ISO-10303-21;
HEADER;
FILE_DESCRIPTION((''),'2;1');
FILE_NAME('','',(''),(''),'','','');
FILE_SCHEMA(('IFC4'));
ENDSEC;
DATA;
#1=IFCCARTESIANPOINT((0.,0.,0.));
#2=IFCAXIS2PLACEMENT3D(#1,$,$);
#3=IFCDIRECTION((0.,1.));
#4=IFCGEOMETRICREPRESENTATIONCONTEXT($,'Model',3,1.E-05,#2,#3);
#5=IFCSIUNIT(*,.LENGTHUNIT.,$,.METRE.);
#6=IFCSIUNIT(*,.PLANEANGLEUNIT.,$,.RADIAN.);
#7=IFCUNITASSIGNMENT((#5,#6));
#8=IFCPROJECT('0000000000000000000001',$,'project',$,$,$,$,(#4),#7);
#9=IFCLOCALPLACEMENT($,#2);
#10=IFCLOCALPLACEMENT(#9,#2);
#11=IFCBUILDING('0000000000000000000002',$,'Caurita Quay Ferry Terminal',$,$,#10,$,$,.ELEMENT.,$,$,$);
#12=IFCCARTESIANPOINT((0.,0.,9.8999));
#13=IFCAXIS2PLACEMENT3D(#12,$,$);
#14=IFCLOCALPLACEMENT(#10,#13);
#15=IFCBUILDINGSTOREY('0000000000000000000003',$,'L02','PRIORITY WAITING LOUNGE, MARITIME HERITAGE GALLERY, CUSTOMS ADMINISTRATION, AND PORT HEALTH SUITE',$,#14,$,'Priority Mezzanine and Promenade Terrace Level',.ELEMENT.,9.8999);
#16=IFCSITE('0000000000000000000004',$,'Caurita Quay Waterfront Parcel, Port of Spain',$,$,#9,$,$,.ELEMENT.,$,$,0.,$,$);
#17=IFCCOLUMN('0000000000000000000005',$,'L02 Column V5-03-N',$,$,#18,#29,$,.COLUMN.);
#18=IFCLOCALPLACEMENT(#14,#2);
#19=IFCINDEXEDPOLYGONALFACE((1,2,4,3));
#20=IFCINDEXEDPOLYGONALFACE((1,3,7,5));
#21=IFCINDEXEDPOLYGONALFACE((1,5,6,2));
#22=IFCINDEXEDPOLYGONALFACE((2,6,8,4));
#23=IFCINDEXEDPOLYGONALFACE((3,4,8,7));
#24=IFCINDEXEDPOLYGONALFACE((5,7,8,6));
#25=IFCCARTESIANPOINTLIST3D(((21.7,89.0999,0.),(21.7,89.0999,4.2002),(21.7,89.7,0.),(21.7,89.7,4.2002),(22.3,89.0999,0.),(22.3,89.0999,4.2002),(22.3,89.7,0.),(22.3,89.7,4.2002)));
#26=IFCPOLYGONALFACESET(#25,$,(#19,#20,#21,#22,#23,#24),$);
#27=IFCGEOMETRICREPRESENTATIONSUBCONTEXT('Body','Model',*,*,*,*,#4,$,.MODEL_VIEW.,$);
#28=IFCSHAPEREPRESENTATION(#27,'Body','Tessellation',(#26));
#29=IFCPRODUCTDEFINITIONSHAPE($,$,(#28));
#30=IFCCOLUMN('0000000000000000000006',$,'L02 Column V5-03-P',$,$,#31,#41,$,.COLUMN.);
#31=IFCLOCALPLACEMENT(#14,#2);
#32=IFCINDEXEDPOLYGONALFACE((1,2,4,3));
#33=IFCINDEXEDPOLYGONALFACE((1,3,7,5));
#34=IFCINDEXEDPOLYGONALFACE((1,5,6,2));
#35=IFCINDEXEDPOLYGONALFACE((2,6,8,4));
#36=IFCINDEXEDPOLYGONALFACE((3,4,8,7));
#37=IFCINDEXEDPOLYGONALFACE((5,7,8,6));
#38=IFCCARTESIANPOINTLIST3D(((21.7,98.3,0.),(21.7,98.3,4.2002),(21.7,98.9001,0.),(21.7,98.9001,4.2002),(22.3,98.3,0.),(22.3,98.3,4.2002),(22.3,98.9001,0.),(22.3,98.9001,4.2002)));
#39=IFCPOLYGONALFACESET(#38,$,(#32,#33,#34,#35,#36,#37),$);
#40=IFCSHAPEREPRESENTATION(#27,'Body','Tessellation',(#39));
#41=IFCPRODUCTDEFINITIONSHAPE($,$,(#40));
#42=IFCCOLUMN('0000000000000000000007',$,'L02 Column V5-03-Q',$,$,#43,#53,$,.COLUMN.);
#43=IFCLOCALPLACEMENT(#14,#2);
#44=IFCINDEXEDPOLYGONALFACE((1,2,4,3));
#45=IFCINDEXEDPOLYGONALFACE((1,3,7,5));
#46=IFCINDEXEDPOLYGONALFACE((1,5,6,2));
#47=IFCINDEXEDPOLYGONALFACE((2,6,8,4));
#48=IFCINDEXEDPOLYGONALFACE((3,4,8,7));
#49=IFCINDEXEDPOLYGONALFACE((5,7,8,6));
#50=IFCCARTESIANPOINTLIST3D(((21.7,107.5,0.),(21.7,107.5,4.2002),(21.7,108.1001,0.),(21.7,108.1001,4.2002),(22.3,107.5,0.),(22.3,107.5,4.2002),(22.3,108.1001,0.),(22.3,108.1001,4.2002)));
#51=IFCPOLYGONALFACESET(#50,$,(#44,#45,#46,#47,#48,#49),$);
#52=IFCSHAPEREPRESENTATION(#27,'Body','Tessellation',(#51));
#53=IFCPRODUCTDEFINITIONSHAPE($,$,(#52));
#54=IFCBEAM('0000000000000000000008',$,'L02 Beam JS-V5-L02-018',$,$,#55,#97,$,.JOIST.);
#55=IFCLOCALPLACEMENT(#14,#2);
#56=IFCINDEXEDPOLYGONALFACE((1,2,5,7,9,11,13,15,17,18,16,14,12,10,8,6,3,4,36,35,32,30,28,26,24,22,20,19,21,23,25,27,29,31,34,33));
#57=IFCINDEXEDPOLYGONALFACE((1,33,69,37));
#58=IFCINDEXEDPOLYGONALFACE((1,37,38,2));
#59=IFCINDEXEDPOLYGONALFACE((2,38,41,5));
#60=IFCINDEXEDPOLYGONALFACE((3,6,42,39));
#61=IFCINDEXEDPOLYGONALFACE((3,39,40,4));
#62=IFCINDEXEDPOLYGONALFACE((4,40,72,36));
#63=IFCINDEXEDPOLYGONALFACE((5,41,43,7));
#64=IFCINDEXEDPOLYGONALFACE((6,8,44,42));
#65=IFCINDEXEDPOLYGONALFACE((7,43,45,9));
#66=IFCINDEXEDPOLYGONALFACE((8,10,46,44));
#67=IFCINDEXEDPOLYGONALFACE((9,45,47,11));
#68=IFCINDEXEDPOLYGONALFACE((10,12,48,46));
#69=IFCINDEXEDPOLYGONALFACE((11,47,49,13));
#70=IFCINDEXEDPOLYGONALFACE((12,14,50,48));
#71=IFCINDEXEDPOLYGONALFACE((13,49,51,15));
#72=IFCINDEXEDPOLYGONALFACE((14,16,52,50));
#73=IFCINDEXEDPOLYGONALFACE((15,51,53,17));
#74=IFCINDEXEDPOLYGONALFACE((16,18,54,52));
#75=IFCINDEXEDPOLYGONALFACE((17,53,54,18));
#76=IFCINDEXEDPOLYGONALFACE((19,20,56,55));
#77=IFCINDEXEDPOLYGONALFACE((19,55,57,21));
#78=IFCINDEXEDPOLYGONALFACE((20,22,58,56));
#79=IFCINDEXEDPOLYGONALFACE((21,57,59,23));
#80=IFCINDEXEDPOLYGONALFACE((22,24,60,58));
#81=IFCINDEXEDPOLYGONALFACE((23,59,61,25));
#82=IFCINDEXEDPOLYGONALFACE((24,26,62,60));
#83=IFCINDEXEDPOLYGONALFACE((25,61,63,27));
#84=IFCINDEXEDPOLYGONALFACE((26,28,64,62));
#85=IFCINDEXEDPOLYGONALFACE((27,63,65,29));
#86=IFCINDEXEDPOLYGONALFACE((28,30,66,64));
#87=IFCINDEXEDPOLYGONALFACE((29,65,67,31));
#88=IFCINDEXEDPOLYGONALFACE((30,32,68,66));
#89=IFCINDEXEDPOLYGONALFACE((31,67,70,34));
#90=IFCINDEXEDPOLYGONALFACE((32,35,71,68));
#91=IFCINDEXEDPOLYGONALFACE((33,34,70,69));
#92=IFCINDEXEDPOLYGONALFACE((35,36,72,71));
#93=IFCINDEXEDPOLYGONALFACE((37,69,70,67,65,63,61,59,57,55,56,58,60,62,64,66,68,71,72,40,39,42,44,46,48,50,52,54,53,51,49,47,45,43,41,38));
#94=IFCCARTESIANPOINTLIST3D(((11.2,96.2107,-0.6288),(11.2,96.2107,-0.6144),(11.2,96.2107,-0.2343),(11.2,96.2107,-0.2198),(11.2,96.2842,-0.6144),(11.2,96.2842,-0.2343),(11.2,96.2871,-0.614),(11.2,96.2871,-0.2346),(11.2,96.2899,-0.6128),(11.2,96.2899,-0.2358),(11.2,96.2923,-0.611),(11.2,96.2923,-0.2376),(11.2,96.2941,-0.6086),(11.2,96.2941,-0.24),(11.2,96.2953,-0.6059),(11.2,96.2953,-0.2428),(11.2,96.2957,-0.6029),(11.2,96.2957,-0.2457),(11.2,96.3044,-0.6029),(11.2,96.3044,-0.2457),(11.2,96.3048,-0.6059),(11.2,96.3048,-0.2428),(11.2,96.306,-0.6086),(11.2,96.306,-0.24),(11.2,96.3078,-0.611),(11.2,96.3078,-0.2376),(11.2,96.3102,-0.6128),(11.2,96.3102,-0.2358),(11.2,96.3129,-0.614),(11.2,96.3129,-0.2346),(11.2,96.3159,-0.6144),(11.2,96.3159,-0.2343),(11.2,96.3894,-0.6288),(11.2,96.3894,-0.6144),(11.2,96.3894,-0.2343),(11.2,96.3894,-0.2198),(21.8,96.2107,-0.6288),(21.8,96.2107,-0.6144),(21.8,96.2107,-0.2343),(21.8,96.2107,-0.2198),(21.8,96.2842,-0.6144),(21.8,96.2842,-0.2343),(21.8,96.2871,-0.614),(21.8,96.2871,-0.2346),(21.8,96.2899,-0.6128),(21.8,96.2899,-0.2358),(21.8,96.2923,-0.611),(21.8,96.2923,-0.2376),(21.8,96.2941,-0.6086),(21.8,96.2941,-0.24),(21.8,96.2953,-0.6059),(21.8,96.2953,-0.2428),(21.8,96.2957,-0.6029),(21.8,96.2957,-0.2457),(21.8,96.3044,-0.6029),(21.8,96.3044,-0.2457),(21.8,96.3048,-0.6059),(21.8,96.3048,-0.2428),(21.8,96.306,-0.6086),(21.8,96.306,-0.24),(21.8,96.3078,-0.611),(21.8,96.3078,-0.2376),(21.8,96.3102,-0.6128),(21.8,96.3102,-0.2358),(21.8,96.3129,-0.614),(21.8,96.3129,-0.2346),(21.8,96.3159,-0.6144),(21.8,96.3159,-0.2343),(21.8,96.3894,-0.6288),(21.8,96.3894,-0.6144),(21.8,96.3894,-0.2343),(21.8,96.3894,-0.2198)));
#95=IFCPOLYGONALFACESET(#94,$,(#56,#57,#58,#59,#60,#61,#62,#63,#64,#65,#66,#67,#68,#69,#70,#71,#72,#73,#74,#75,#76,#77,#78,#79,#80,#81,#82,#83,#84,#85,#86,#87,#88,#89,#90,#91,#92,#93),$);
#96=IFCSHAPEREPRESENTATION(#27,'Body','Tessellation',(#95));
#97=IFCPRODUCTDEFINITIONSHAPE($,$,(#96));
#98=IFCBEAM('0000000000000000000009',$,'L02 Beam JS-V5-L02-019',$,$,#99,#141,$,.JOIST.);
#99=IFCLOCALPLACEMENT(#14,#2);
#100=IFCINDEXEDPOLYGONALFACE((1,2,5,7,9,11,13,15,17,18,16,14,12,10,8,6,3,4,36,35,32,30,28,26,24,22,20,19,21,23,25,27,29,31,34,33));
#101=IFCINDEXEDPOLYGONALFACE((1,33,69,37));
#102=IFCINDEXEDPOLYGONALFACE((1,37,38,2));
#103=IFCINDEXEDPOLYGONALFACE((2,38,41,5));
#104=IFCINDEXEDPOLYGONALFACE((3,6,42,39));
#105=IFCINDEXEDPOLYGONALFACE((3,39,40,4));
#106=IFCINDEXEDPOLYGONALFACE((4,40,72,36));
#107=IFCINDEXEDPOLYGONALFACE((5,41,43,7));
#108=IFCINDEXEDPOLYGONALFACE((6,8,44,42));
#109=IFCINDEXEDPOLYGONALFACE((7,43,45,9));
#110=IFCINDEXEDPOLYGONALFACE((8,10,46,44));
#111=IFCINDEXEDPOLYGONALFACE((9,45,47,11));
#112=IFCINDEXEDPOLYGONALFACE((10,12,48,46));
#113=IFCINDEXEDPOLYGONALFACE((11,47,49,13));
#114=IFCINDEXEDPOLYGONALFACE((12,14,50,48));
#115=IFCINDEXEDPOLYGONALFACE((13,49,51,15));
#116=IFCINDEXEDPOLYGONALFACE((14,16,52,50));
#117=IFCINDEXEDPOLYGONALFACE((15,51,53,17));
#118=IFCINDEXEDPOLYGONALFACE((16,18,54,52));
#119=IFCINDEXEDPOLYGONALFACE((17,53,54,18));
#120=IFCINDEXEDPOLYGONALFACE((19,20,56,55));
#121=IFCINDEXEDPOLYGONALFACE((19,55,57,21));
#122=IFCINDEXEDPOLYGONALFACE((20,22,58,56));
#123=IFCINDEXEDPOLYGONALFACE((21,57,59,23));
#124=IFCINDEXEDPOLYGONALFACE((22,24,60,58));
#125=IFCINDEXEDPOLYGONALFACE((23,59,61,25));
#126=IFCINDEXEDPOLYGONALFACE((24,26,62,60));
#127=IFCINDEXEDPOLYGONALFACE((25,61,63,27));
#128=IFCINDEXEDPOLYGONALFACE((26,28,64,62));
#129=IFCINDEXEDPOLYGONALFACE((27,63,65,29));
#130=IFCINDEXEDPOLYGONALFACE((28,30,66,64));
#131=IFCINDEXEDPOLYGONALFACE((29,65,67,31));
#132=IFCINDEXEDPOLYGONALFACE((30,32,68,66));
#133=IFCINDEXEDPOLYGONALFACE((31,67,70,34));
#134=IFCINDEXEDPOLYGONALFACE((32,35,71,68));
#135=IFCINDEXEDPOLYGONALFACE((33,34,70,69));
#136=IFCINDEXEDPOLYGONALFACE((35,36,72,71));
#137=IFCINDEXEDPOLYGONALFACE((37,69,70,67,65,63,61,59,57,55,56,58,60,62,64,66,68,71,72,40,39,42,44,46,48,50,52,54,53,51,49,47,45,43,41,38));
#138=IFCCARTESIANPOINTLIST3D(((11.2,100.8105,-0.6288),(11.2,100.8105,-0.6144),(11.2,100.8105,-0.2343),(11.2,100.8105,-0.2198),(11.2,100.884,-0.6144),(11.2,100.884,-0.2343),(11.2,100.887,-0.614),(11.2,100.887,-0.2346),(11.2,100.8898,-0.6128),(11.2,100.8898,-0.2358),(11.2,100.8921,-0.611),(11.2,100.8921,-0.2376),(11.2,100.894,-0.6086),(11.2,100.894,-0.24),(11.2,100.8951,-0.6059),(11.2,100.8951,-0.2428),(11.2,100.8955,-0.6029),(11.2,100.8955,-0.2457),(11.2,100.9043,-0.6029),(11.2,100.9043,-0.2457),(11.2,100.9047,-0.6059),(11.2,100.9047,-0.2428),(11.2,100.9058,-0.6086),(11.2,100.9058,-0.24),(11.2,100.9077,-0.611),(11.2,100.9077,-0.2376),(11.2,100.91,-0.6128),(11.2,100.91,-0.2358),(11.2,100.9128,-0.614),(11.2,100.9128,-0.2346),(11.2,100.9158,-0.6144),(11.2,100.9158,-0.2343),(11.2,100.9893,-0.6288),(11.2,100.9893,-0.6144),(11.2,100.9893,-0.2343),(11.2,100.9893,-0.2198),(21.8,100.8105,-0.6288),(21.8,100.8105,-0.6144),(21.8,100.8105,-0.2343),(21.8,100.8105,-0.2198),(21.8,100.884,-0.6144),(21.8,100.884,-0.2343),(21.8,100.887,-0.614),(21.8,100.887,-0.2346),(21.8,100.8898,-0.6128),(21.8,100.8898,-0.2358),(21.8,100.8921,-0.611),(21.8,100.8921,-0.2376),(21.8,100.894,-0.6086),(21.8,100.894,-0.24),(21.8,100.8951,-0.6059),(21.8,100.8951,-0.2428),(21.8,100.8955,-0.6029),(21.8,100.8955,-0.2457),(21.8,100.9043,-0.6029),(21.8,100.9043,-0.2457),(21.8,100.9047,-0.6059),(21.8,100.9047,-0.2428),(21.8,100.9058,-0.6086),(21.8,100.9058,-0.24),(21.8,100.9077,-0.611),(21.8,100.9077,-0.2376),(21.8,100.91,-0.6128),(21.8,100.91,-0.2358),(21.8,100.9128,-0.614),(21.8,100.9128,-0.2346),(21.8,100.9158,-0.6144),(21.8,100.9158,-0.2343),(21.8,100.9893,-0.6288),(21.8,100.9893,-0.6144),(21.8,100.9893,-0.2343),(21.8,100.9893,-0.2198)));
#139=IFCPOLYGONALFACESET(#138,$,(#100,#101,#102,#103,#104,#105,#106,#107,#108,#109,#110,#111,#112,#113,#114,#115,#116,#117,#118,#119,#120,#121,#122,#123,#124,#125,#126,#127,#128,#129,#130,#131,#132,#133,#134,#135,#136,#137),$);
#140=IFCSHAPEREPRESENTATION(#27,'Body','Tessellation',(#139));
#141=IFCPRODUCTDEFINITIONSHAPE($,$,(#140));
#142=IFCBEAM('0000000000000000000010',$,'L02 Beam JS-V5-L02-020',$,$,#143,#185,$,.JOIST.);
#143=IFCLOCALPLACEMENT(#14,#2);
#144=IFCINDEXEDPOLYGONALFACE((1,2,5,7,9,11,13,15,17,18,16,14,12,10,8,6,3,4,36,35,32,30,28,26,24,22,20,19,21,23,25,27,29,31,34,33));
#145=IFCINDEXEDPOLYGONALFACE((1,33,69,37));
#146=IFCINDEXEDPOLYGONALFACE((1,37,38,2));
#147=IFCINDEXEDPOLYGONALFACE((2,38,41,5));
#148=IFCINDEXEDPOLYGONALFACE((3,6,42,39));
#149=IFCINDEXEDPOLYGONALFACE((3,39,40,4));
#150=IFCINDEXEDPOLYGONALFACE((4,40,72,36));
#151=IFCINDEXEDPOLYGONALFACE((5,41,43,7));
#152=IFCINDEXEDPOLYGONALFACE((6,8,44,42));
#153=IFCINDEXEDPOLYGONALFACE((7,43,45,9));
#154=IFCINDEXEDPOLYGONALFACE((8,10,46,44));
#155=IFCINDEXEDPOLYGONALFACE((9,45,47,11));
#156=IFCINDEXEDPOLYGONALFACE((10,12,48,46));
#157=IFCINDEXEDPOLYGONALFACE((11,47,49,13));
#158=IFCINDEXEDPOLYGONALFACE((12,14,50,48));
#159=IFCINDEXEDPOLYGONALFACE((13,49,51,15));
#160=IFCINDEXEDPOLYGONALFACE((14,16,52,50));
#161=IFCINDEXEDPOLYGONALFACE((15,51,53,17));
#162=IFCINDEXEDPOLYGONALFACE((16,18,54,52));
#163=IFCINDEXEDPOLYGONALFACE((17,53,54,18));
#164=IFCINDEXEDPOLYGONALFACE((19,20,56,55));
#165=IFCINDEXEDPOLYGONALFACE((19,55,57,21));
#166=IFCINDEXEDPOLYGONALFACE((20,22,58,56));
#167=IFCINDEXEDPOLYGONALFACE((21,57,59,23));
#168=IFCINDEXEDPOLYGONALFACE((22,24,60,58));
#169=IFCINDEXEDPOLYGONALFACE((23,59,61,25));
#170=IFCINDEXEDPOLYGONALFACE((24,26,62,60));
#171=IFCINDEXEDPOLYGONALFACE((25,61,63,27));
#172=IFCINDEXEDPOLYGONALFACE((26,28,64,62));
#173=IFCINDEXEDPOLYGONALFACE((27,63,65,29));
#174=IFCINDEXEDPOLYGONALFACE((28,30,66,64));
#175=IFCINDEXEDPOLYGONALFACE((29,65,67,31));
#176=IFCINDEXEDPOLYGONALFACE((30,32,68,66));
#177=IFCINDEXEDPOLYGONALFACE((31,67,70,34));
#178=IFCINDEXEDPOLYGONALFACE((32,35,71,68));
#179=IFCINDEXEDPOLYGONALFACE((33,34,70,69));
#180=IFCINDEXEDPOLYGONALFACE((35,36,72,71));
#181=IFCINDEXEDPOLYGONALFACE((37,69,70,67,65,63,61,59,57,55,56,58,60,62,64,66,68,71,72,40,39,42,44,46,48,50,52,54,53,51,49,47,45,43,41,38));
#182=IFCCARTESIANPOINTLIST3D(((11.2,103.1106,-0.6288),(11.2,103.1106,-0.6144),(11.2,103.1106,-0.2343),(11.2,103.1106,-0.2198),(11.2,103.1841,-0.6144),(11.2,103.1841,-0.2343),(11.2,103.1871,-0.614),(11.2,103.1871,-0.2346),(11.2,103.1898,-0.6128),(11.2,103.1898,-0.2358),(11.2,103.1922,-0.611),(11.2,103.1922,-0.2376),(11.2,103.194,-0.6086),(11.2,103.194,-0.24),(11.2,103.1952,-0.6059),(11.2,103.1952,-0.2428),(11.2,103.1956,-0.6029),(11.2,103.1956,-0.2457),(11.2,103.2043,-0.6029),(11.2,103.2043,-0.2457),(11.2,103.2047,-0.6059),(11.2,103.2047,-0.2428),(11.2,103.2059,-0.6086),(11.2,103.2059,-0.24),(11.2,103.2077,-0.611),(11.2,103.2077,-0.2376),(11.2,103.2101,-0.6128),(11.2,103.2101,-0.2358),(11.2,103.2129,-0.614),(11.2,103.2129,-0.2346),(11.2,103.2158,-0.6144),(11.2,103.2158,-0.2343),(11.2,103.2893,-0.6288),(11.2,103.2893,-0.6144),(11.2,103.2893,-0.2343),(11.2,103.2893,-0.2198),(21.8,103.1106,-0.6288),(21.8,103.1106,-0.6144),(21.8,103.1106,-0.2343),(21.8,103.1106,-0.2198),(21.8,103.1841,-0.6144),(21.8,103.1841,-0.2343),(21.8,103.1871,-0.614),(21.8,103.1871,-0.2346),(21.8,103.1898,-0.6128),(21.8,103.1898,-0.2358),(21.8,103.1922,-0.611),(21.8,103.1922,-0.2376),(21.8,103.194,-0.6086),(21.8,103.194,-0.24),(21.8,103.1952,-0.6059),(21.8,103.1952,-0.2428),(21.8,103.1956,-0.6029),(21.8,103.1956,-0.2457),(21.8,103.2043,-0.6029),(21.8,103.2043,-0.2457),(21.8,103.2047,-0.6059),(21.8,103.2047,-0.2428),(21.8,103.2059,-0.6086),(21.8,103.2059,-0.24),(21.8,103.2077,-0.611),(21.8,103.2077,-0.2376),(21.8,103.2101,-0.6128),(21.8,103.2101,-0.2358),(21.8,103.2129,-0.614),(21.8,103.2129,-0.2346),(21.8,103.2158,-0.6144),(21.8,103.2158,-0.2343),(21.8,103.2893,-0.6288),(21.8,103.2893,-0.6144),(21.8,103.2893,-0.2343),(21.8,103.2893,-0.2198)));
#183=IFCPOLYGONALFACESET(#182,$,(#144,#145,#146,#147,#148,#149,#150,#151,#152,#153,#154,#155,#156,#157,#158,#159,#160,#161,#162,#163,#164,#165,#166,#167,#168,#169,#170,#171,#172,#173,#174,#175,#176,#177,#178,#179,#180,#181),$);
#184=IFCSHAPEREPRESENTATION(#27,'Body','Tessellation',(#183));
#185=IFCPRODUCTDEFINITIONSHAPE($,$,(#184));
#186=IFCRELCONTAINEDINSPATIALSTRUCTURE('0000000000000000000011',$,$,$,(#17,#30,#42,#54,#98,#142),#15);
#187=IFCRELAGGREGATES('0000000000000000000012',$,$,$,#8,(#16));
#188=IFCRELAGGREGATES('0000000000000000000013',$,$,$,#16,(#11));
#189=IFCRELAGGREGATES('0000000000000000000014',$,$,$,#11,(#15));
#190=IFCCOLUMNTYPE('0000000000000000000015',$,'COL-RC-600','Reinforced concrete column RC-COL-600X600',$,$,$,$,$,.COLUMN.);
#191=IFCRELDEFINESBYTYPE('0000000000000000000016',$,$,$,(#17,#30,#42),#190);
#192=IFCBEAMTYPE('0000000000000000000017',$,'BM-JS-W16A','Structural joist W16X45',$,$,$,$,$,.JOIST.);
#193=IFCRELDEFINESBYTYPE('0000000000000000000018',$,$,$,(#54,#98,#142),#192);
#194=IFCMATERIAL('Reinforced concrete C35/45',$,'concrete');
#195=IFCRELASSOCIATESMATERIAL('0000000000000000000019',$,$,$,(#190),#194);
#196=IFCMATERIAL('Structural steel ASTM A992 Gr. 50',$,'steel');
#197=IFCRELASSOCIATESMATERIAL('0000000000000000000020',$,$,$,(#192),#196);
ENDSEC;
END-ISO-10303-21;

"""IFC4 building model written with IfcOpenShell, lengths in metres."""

from ifc_helpers import new_model, si_unit, direction, frame, origin, origin_2d, place, context, subcontext, project, spatial, rectangle, i_section, extrude, material, material_profile, profile_set, type_object, element, save


model = new_model("IFC4")

# Units and contexts
model_context = context("Model", 3, precision=1e-05, world=origin(), true_north=direction((0.0, 1.0)))
body_context = subcontext(model_context, "Body", "Model", "MODEL_VIEW")
ifc_project = project(units=[si_unit("LENGTHUNIT", "METRE"), si_unit("PLANEANGLEUNIT", "RADIAN")], contexts=[model_context])

# Site, building, storey
site_placement = place(None, origin())
site = spatial("IfcSite", under=ifc_project, at=site_placement, Name="Caurita Quay Waterfront Parcel, Port of Spain", CompositionType="ELEMENT", RefElevation=0.0)
building_placement = place(site_placement, origin())
building = spatial("IfcBuilding", under=site, at=building_placement, Name="Caurita Quay Ferry Terminal", CompositionType="ELEMENT")
storey_placement = place(building_placement, frame((0.0, 0.0, 9.8999)))
storey = spatial("IfcBuildingStorey", under=building, at=storey_placement, Name="L02", Description="PRIORITY WAITING LOUNGE, MARITIME HERITAGE GALLERY, CUSTOMS ADMINISTRATION, AND PORT HEALTH SUITE", LongName="Priority Mezzanine and Promenade Terrace Level", CompositionType="ELEMENT", Elevation=9.8999)

# Columns
ifc_material_1 = material(Name="Reinforced concrete C35/45", Category="concrete")
ifc_material_profile_1 = material_profile(ifc_material_1, rectangle(XDim=0.6001, YDim=0.6001, at=origin_2d()), Name="RC-COL-600X600")
ifc_profile_set_1 = profile_set([ifc_material_profile_1], Name="Reinforced concrete C35/45")
column_type = type_object("IfcColumnType", Name="COL-RC-600", Description="Reinforced concrete column RC-COL-600X600", PredefinedType="COLUMN", material=ifc_profile_set_1)
for number, where, z_axis, x_axis, name in (
    (1, (22.0, 89.3999, 0.0), (0.0, 0.0, 1.0), (1.0, 0.0, 0.0), "L02 Column V5-03-N"),
    (2, (22.0, 98.6001, 0.0), (0.0, 0.0, 1.0), (1.0, 0.0, 0.0), "L02 Column V5-03-P"),
    (3, (22.0, 107.8, 0.0), (0.0, 0.0, 1.0), (1.0, 0.0, 0.0), "L02 Column V5-03-Q"),
):
    element("IfcColumn", number, at=place(storey_placement, frame(where, z_axis=z_axis, x_axis=x_axis)), inside=storey, type_object=column_type, Name=name, PredefinedType="COLUMN", context=body_context, shape_type="SweptSolid", body=[
        extrude(rectangle(XDim=0.6001, YDim=0.6001, at=origin_2d()), origin(), (0.0, 0.0, 1.0), 4.2002),
    ])

# Beams
ifc_material_2 = material(Name="Structural steel ASTM A992 Gr. 50", Category="steel")
ifc_material_profile_2 = material_profile(ifc_material_2, i_section(OverallWidth=0.1787, OverallDepth=0.4089, WebThickness=0.0088, FlangeThickness=0.0144, FilletRadius=0.0115, at=origin_2d()), Name="W16X45")
ifc_profile_set_2 = profile_set([ifc_material_profile_2], Name="Structural steel ASTM A992 Gr. 50")
beam_type_1 = type_object("IfcBeamType", Name="BM-JS-W16A", Description="Structural joist W16X45", PredefinedType="JOIST", material=ifc_profile_set_2)
for number, where, z_axis, x_axis, name in (
    (4, (11.2, 96.3, -0.4243), (1.0, 0.0, 0.0), (0.0, 1.0, 0.0), "L02 Beam JS-V5-L02-018"),
    (5, (11.2, 100.8999, -0.4243), (1.0, 0.0, 0.0), (0.0, 1.0, 0.0), "L02 Beam JS-V5-L02-019"),
    (6, (11.2, 103.2, -0.4243), (1.0, 0.0, 0.0), (0.0, 1.0, 0.0), "L02 Beam JS-V5-L02-020"),
):
    element("IfcBeam", number, at=place(storey_placement, frame(where, z_axis=z_axis, x_axis=x_axis)), inside=storey, type_object=beam_type_1, Name=name, PredefinedType="JOIST", context=body_context, shape_type="SweptSolid", body=[
        extrude(i_section(OverallWidth=0.1787, OverallDepth=0.4089, WebThickness=0.0088, FlangeThickness=0.0144, FilletRadius=0.0115, at=origin_2d()), origin(), (0.0, 0.0, 1.0), 10.6001),
    ])

save(model, "model.ifc")
